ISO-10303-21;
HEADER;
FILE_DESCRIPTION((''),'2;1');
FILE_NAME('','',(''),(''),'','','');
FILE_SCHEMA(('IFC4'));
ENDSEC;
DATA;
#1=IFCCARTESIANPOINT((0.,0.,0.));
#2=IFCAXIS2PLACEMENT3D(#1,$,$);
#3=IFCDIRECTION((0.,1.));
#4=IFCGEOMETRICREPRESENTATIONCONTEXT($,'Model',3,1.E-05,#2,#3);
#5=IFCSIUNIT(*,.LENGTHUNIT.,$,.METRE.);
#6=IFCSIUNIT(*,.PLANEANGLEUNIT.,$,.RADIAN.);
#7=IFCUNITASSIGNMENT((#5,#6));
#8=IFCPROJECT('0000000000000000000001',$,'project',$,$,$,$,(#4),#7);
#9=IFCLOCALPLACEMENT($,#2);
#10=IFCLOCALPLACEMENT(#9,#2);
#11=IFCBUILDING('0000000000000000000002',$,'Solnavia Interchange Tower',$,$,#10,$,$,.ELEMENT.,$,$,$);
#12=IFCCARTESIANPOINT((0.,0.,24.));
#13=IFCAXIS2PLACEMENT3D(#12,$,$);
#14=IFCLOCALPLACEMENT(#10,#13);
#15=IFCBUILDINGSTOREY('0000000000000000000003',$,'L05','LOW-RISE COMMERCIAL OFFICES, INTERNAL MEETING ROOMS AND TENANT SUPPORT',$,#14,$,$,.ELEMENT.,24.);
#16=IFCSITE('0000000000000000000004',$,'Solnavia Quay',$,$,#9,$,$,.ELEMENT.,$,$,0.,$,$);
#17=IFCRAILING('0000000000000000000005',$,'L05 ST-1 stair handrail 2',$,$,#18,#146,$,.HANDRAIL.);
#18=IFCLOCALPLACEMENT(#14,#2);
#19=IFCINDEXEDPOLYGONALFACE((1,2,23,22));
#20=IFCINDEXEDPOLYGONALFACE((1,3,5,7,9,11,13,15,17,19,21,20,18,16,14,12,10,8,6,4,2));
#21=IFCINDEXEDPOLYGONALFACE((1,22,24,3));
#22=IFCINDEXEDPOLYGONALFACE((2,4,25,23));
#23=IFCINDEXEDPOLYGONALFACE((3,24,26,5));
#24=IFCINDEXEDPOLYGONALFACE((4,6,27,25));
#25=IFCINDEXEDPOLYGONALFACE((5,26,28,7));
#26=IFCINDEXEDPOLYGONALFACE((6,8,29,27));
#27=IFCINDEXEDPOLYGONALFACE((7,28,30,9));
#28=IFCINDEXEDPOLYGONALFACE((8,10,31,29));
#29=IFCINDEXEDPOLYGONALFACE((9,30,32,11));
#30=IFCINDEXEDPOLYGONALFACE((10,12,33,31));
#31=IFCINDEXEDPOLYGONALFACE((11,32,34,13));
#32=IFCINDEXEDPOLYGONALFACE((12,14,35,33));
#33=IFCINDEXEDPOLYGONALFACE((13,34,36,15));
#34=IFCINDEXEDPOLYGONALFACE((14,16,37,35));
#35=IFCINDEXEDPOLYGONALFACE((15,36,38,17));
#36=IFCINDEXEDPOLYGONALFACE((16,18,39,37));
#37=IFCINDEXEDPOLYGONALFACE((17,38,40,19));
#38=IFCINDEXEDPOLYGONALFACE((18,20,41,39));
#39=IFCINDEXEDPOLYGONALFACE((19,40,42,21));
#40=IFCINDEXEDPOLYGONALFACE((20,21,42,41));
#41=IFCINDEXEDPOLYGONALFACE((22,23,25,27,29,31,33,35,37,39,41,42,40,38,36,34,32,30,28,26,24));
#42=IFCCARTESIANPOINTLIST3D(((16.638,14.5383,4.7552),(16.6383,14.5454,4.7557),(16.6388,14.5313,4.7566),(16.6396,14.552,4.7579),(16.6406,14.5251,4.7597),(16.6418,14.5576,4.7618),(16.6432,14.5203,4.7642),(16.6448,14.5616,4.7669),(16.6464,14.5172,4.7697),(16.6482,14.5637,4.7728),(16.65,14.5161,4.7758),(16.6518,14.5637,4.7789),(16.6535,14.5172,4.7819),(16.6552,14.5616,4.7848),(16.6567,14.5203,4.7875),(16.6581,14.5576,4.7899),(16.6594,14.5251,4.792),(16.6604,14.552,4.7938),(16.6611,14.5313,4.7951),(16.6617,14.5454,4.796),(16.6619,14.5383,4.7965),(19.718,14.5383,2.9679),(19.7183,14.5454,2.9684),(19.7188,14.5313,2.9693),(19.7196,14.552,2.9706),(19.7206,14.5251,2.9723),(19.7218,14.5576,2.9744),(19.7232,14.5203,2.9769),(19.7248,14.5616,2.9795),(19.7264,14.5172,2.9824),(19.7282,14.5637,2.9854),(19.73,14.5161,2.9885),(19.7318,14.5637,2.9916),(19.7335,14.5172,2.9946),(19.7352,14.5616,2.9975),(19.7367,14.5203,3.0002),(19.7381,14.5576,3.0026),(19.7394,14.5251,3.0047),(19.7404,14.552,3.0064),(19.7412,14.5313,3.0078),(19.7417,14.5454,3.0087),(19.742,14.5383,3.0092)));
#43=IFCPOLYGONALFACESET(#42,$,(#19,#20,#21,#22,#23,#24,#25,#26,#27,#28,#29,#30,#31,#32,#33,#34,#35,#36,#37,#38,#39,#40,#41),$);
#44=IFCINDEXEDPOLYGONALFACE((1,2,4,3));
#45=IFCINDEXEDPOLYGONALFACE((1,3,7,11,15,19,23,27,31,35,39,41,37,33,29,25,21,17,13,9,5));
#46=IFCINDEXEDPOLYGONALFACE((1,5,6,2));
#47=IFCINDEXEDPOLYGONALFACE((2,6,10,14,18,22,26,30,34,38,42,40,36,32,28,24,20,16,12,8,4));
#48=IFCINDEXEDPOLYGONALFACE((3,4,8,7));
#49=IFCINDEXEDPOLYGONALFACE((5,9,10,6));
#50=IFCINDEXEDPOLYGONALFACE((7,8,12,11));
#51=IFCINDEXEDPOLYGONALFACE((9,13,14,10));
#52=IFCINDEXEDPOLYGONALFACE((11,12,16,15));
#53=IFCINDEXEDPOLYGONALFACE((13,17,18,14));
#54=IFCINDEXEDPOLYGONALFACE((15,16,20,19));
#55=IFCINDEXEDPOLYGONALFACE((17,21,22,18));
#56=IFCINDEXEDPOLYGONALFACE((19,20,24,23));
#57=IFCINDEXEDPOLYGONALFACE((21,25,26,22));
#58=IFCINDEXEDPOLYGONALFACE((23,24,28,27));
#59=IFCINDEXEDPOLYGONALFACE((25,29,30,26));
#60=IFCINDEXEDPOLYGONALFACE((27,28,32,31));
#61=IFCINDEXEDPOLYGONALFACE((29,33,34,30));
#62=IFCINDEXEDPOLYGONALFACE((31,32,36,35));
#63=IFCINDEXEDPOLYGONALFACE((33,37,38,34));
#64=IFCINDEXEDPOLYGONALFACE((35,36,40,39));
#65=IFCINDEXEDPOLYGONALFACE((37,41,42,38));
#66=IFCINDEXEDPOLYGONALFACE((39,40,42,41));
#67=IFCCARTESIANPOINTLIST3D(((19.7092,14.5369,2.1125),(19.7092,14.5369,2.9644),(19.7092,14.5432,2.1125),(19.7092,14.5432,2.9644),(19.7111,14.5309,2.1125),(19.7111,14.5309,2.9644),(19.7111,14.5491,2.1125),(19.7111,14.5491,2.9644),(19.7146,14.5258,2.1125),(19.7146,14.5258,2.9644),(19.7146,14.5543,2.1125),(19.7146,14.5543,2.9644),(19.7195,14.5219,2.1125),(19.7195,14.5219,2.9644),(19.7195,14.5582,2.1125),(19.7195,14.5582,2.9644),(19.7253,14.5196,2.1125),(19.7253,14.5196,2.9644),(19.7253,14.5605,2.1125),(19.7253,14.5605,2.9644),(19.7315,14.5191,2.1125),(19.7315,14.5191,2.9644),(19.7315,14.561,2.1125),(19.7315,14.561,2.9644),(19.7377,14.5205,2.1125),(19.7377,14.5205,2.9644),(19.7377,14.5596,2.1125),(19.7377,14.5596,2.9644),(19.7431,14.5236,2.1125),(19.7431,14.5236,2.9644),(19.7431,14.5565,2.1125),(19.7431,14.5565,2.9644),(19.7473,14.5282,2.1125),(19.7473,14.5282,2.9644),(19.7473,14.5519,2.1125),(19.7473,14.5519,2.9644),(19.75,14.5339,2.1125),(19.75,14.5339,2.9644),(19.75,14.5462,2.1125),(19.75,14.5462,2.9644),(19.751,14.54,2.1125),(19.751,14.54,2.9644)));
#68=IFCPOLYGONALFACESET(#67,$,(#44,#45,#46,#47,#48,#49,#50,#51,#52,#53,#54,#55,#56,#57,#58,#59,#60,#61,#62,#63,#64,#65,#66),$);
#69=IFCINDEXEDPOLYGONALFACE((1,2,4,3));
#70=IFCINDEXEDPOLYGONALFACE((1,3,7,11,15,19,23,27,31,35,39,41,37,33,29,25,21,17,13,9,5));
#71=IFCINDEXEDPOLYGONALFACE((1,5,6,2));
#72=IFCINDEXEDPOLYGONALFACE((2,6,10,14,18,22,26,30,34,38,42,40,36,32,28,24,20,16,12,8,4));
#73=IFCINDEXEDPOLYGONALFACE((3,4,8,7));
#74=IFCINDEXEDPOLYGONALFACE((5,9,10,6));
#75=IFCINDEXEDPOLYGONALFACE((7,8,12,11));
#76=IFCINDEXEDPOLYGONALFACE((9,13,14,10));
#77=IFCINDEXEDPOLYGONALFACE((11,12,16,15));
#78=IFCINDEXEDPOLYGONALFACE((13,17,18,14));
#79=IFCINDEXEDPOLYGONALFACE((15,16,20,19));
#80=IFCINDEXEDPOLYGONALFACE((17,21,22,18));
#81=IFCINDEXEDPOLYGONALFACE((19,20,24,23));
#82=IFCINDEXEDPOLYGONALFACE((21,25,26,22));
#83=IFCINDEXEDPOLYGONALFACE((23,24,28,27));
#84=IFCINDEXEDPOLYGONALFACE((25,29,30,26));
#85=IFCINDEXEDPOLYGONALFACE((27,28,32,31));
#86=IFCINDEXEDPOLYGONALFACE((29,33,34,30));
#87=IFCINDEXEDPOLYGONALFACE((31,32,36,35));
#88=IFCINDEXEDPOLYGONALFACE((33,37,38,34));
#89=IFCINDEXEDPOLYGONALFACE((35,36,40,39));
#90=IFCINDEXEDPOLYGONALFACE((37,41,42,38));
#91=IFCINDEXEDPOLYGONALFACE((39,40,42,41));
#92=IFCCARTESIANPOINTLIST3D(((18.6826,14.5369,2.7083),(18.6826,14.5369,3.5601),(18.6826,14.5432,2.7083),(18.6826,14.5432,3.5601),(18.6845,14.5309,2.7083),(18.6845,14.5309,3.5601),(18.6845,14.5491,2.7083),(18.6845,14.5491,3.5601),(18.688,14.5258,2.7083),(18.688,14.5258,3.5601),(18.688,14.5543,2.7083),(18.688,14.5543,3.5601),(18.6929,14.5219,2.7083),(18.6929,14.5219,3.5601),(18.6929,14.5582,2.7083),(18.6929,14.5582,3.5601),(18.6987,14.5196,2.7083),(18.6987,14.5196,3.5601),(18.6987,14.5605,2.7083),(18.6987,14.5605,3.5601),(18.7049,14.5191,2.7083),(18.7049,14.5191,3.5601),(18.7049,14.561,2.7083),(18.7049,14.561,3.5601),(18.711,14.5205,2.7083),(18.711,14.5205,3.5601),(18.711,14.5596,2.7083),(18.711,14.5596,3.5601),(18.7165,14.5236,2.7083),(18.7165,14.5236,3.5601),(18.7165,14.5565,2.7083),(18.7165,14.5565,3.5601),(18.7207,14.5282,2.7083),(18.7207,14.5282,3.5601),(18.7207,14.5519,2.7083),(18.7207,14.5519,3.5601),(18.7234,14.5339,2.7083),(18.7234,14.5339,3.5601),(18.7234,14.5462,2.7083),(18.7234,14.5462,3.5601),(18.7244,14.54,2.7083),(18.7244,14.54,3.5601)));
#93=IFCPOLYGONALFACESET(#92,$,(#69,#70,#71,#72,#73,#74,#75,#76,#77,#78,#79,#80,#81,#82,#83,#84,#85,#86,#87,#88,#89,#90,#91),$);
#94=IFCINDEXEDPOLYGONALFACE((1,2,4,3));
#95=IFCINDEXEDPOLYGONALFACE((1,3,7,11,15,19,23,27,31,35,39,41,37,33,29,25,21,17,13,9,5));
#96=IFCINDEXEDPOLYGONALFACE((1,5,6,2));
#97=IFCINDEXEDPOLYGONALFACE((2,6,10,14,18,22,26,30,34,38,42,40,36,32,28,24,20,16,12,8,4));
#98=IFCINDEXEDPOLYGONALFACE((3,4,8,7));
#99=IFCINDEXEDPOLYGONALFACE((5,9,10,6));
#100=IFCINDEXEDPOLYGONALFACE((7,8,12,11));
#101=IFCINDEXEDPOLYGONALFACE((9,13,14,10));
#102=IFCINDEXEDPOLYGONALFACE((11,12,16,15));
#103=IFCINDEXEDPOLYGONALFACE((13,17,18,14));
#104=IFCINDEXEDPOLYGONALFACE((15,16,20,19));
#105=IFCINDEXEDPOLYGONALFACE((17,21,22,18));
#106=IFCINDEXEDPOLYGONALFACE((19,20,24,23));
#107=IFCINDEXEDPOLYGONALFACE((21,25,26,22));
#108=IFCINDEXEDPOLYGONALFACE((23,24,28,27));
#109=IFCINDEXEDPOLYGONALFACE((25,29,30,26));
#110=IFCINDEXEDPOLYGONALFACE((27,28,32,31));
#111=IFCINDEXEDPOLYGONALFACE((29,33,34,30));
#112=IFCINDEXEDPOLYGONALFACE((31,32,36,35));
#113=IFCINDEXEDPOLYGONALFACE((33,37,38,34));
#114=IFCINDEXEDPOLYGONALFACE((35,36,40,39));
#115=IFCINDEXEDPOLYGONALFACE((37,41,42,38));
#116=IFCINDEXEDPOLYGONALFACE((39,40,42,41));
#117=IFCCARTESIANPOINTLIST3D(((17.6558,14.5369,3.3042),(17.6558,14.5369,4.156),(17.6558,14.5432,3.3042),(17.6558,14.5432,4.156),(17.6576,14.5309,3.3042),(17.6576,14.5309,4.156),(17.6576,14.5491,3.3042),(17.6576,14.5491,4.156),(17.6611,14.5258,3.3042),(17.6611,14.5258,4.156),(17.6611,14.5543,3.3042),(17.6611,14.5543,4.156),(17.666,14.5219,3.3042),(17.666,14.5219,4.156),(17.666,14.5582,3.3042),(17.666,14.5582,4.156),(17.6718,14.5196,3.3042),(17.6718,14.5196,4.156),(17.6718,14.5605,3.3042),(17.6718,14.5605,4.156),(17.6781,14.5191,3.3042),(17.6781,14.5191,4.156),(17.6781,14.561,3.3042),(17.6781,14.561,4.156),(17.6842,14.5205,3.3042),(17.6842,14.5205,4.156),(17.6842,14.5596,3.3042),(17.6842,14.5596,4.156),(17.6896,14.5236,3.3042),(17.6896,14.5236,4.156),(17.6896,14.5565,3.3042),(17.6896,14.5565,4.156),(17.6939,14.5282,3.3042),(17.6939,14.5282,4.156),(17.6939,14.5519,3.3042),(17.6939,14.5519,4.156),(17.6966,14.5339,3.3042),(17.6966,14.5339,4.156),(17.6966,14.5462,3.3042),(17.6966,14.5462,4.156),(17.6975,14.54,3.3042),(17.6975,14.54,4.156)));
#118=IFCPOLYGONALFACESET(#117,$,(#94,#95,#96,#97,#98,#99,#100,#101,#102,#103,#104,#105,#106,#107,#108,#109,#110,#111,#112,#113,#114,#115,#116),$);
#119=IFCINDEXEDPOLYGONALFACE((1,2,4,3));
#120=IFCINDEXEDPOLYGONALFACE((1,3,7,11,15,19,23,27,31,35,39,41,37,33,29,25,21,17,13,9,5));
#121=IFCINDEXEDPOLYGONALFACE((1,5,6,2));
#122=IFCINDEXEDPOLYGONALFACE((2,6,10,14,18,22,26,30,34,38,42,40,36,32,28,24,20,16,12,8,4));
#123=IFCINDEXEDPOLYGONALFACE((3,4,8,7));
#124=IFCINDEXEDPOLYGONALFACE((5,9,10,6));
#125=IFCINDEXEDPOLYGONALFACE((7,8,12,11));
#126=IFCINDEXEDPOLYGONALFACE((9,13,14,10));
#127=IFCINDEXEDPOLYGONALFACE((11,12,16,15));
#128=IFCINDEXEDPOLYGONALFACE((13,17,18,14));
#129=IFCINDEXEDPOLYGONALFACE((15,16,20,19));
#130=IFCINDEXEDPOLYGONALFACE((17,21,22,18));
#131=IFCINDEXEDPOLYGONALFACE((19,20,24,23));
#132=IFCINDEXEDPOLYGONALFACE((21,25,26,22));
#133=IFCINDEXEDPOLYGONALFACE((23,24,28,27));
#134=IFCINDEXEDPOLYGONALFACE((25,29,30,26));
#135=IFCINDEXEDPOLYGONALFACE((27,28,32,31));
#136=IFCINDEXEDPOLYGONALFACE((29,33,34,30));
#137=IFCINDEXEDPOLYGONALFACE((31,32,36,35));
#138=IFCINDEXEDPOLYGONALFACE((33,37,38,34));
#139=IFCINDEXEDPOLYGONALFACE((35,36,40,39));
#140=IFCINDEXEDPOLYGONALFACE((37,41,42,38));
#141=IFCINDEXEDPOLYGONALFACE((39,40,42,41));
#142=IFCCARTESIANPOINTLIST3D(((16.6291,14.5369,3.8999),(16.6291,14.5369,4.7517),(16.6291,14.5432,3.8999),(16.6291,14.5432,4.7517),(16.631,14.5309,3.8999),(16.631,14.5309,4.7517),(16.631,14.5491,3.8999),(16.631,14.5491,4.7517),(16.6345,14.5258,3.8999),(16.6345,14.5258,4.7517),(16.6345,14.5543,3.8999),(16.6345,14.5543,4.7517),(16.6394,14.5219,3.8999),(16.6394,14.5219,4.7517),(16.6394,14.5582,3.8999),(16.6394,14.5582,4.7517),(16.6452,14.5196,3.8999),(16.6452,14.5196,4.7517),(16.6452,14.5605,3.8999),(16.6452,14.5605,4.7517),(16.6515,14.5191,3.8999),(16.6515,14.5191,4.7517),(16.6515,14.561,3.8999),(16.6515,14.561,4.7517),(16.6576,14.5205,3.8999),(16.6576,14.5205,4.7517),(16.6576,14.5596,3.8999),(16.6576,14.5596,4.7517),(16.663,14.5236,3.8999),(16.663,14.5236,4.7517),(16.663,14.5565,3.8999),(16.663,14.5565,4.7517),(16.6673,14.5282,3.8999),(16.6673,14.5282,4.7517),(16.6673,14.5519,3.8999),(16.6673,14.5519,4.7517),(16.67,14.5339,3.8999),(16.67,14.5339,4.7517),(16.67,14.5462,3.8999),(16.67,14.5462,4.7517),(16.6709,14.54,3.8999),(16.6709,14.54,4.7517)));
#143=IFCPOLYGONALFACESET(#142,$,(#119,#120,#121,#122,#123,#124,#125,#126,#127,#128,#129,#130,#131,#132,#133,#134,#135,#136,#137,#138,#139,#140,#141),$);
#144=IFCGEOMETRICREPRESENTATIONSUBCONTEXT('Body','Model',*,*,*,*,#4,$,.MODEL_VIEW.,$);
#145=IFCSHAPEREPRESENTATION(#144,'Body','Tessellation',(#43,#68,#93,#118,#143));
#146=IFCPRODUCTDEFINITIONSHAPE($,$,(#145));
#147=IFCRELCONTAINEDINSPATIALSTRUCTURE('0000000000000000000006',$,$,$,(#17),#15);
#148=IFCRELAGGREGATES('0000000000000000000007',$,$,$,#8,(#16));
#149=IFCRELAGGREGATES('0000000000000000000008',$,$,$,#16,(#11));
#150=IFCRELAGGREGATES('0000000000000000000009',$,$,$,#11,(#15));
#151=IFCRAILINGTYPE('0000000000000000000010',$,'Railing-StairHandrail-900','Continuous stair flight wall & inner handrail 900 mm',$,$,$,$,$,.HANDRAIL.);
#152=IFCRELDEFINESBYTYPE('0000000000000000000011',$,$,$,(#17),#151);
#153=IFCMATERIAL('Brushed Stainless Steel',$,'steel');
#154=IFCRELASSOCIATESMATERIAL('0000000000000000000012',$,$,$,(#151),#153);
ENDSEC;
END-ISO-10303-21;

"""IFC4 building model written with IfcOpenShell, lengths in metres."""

from ifc_helpers import new_model, si_unit, direction, frame, origin, origin_2d, place, context, subcontext, project, spatial, circle, extrude, material, type_object, element, save


model = new_model("IFC4")

# Units and contexts
model_context = context("Model", 3, precision=1e-05, world=origin(), true_north=direction((0.0, 1.0)))
body_context = subcontext(model_context, "Body", "Model", "MODEL_VIEW")
ifc_project = project(units=[si_unit("LENGTHUNIT", "METRE"), si_unit("PLANEANGLEUNIT", "RADIAN")], contexts=[model_context])

# Site, building, storey
site_placement = place(None, origin())
site = spatial("IfcSite", under=ifc_project, at=site_placement, Name="Solnavia Quay", CompositionType="ELEMENT", RefElevation=0.0)
building_placement = place(site_placement, origin())
building = spatial("IfcBuilding", under=site, at=building_placement, Name="Solnavia Interchange Tower", CompositionType="ELEMENT")
storey_placement = place(building_placement, frame((0.0, 0.0, 24.0)))
storey = spatial("IfcBuildingStorey", under=building, at=storey_placement, Name="L05", Description="LOW-RISE COMMERCIAL OFFICES, INTERNAL MEETING ROOMS AND TENANT SUPPORT", CompositionType="ELEMENT", Elevation=24.0)

# Railing
ifc_material_1 = material(Name="Brushed Stainless Steel", Category="steel")
railing_type_1 = type_object("IfcRailingType", Name="Railing-StairHandrail-900", Description="Continuous stair flight wall & inner handrail 900 mm", PredefinedType="HANDRAIL", material=ifc_material_1)
railing_1_placement = place(storey_placement, frame((19.73, 14.54, 2.1125)))
element("IfcRailing", 1, at=railing_1_placement, inside=storey, type_object=railing_type_1, Name="L05 ST-1 stair handrail 2", PredefinedType="HANDRAIL", context=body_context, shape_type="SweptSolid", body=[
    extrude(circle(Radius=0.0239, at=origin_2d()), frame((0.0, 0.0, 0.876), z_axis=(-0.86492, 0.0, 0.501909), x_axis=(0.0, -1.0, 0.0)), (0.0, 0.0, 1.0), 3.561),
    extrude(circle(Radius=0.021, at=origin_2d()), origin(), (0.0, 0.0, 1.0), 0.8518),
    extrude(circle(Radius=0.021, at=origin_2d()), frame((-1.0266, 0.0, 0.5957)), (0.0, 0.0, 1.0), 0.8518),
    extrude(circle(Radius=0.021, at=origin_2d()), frame((-2.0535, 0.0, 1.1917)), (0.0, 0.0, 1.0), 0.8518),
    extrude(circle(Radius=0.021, at=origin_2d()), frame((-3.0801, 0.0, 1.7874)), (0.0, 0.0, 1.0), 0.8518),
])

save(model, "model.ifc")
